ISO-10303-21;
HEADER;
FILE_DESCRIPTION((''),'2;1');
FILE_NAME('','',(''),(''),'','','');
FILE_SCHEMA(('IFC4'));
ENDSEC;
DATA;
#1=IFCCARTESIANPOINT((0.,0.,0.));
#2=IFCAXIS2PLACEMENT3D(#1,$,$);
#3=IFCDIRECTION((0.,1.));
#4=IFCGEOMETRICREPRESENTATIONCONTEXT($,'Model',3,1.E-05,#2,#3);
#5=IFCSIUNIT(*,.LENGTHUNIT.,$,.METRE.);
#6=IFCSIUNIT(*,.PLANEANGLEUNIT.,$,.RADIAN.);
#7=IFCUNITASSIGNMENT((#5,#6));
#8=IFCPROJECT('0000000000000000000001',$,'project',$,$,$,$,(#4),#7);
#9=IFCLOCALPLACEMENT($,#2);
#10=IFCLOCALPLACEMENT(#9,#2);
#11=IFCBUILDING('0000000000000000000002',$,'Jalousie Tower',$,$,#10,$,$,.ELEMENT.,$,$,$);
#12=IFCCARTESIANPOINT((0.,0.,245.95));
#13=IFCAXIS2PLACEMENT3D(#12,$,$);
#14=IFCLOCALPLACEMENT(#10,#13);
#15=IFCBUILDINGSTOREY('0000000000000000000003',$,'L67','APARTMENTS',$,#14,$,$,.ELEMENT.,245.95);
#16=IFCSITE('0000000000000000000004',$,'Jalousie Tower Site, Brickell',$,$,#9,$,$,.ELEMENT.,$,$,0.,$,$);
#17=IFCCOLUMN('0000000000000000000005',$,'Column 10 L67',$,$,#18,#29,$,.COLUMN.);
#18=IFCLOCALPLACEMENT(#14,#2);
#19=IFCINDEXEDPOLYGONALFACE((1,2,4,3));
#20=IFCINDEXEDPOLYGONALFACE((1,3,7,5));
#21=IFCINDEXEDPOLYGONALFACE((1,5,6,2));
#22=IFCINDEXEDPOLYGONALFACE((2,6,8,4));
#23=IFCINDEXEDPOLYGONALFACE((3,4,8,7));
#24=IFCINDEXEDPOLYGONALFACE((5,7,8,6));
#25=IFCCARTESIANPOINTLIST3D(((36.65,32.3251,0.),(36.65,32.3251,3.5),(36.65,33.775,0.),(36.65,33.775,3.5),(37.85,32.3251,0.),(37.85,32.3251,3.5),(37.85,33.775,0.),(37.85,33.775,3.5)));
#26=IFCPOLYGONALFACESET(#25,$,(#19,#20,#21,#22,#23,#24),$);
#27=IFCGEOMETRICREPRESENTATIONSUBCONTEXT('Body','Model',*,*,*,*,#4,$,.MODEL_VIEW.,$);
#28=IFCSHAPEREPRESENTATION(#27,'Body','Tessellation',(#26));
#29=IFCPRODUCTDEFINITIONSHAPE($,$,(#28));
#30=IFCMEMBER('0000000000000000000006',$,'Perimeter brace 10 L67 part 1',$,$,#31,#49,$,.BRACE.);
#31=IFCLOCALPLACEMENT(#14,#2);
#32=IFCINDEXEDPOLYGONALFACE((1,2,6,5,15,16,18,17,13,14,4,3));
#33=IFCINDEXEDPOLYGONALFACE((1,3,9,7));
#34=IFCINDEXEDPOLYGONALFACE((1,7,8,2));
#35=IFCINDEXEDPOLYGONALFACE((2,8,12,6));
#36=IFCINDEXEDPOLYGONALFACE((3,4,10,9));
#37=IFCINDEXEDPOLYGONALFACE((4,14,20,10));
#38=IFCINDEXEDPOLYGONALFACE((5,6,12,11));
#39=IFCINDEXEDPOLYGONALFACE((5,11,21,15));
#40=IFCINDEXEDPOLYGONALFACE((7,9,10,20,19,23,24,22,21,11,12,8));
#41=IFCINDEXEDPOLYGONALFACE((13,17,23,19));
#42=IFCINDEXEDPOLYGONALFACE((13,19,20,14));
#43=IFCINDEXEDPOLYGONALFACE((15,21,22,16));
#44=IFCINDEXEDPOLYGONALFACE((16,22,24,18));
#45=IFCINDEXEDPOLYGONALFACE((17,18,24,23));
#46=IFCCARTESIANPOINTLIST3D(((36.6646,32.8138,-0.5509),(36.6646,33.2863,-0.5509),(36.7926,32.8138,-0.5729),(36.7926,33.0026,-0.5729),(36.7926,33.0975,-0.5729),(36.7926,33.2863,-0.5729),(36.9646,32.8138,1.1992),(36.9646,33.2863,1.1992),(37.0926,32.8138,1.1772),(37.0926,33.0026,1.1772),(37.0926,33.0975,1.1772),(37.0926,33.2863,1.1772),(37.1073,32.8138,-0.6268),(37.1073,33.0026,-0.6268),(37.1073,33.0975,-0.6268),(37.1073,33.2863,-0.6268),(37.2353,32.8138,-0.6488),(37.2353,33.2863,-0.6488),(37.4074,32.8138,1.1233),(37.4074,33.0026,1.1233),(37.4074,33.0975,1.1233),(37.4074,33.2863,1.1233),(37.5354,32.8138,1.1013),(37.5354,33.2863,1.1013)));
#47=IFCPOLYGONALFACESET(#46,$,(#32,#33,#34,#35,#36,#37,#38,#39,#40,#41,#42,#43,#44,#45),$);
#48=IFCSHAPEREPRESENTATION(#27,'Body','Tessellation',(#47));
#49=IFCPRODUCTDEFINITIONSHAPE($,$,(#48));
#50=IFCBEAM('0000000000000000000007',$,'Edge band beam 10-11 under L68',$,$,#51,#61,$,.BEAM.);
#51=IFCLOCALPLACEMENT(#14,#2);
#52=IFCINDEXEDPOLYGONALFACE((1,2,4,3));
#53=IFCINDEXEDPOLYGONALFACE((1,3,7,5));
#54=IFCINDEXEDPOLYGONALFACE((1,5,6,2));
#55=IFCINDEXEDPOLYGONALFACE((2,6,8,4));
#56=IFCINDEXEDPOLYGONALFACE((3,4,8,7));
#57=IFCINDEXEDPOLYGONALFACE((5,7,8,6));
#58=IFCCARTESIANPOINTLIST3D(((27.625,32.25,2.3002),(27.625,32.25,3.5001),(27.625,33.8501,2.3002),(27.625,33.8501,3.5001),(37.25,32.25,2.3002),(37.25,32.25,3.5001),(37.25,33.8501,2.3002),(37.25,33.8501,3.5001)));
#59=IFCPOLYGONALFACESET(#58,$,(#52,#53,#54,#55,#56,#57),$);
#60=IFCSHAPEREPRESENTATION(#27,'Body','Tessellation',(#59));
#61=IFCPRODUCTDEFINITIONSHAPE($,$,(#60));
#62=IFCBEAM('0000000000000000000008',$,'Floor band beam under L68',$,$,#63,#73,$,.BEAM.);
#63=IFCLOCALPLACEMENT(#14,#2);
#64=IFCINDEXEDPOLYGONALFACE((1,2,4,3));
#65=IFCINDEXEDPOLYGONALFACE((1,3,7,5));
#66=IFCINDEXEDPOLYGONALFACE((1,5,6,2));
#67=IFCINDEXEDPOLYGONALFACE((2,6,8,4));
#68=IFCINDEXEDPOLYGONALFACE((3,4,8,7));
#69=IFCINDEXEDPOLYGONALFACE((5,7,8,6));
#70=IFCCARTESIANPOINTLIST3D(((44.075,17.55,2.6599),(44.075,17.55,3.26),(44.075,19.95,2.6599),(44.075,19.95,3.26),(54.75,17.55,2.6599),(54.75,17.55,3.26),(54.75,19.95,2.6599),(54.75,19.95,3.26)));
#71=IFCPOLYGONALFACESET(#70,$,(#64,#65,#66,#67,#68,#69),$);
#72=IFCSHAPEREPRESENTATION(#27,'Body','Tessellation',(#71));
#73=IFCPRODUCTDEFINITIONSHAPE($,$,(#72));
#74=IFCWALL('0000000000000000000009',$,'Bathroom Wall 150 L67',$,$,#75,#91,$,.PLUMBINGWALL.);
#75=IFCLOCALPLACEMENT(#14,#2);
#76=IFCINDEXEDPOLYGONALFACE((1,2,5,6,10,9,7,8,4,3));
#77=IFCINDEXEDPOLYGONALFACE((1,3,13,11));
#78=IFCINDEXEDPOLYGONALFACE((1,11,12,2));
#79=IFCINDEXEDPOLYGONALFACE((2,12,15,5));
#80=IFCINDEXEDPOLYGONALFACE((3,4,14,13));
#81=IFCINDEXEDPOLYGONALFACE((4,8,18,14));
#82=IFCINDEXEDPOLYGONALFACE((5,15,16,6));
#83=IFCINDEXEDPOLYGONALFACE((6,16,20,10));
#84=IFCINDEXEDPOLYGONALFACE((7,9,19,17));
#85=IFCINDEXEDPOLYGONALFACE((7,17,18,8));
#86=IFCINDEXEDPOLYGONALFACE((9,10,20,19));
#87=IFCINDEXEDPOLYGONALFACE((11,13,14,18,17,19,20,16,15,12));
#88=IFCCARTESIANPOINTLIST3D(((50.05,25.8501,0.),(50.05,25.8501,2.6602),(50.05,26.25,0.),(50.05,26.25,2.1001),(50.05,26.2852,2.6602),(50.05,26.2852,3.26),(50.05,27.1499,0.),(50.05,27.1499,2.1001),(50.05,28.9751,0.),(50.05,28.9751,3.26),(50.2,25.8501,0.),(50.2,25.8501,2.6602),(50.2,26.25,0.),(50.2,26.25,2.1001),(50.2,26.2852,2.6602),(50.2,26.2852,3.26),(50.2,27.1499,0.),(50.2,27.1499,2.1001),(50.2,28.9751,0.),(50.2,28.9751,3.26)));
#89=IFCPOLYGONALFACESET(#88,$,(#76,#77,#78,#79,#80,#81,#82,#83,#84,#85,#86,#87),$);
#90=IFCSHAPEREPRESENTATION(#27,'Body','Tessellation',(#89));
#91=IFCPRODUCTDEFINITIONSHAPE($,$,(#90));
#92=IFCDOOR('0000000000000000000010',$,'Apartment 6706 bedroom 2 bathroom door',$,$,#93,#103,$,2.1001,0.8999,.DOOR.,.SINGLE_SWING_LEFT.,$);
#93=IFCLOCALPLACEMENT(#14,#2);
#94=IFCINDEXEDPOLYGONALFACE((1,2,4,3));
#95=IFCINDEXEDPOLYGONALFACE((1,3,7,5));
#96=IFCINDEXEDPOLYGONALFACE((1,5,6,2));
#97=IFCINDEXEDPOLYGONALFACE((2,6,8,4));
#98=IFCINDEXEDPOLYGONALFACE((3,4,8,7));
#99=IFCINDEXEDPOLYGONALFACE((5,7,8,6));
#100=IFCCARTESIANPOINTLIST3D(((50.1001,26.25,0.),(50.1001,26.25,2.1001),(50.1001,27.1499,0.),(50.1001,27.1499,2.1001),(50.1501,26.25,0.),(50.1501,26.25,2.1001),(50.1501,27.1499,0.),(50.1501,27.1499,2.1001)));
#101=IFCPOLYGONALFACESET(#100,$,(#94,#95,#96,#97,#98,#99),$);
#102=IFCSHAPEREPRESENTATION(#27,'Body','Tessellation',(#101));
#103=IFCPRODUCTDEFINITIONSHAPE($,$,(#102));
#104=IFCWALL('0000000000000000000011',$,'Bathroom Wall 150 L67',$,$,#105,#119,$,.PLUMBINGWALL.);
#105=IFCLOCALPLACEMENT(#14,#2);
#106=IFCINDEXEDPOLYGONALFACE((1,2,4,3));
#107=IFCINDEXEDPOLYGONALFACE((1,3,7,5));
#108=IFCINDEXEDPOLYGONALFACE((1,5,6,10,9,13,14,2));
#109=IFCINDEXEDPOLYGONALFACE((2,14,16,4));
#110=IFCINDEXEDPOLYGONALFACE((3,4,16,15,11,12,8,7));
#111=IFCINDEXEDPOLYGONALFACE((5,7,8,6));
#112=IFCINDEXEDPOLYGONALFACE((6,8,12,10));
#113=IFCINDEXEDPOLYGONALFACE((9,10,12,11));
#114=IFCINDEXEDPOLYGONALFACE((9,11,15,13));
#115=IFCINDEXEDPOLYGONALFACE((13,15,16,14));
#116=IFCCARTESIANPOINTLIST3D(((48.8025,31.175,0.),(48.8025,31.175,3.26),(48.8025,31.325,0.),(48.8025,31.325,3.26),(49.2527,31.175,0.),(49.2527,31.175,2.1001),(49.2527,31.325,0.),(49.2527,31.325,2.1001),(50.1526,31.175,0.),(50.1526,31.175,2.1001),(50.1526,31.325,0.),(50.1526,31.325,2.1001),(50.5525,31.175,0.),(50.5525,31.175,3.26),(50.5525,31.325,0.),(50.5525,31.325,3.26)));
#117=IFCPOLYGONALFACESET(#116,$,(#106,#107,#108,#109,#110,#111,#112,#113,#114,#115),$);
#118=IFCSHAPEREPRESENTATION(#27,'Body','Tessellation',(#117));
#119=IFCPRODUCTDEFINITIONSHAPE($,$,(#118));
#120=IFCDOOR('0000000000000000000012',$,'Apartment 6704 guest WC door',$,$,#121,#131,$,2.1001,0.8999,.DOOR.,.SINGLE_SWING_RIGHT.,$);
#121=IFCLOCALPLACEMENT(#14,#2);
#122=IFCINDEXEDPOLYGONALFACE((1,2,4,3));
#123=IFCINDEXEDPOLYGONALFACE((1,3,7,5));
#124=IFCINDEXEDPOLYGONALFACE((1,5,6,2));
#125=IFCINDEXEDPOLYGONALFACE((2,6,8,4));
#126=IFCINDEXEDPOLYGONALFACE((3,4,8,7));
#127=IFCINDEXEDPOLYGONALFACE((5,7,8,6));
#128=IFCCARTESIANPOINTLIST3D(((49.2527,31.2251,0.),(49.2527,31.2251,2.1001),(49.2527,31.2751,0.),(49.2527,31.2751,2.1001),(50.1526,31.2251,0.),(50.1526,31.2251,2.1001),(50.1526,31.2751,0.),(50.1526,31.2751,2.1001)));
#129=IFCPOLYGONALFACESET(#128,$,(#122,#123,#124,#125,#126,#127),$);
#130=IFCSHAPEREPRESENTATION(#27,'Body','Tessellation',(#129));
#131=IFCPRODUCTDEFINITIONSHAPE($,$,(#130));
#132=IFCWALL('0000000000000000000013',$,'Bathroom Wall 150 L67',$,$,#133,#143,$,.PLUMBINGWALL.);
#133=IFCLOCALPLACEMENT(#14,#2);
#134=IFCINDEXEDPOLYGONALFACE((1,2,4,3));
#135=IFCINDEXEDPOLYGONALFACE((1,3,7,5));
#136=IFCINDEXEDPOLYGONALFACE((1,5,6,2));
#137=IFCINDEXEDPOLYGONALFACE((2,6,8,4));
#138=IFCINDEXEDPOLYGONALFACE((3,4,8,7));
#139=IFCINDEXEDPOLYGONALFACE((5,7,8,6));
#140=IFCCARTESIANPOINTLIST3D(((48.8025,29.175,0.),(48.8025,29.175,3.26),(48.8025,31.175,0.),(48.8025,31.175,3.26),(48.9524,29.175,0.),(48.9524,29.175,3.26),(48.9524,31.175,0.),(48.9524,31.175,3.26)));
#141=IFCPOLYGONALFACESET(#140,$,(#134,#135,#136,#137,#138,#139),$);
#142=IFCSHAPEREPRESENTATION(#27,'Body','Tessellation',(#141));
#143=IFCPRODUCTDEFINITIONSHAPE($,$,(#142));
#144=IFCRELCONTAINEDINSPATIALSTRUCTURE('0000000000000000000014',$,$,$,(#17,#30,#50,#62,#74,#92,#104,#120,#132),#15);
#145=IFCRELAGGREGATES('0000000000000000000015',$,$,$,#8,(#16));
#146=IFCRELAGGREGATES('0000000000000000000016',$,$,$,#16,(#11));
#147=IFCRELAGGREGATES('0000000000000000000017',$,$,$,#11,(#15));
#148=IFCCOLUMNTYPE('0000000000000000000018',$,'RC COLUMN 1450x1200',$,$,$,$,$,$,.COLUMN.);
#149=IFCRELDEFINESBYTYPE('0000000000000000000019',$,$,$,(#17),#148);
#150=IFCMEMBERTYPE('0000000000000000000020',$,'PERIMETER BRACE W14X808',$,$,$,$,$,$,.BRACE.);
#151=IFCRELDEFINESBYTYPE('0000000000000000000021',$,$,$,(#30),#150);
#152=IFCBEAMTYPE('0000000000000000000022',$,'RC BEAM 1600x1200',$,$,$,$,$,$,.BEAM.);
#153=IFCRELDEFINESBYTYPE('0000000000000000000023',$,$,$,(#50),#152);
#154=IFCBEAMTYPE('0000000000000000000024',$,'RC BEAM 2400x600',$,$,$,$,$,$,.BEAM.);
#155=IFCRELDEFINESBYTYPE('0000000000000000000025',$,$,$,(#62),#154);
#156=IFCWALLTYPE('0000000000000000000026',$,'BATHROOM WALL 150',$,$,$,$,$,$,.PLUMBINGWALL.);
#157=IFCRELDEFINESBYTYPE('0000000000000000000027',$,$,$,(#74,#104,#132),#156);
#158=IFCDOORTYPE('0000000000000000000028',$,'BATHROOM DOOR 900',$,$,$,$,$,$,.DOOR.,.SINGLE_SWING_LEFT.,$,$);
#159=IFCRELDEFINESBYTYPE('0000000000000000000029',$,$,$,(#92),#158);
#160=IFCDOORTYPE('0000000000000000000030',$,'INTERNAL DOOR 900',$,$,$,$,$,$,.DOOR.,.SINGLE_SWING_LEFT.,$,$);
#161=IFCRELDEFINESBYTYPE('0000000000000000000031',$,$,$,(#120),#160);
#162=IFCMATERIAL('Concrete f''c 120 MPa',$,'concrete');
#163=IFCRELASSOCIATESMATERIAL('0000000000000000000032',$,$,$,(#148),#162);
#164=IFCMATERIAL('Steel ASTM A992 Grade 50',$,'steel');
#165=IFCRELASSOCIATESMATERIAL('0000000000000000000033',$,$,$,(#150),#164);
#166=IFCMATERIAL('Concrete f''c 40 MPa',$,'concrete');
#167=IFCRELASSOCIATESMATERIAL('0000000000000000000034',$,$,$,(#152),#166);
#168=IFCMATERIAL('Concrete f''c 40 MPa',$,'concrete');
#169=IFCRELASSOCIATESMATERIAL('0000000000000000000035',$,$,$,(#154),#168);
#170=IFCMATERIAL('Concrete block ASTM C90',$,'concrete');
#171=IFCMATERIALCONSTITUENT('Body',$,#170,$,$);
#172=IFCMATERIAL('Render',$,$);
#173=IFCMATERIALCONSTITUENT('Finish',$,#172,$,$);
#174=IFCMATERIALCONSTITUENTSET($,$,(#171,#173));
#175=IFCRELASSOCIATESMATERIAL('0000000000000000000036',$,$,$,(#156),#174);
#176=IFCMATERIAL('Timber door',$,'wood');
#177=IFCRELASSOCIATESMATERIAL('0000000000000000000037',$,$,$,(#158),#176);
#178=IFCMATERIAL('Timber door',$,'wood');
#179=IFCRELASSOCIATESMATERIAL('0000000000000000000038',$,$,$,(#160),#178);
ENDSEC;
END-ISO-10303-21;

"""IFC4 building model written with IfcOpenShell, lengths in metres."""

from ifc_helpers import new_model, si_unit, direction, frame, frame_2d, origin, origin_2d, place, context, subcontext, project, spatial, polyline, rectangle, i_section, outline, extrude, material, constituent, constituent_set, material_profile, profile_set, type_object, element, fill, save


model = new_model("IFC4")

# Units and contexts
model_context = context("Model", 3, precision=1e-05, world=origin(), true_north=direction((0.0, 1.0)))
body_context = subcontext(model_context, "Body", "Model", "MODEL_VIEW")
ifc_project = project(units=[si_unit("LENGTHUNIT", "METRE"), si_unit("PLANEANGLEUNIT", "RADIAN")], contexts=[model_context])

# Site, building, storey
site_placement = place(None, origin())
site = spatial("IfcSite", under=ifc_project, at=site_placement, Name="Jalousie Tower Site, Brickell", CompositionType="ELEMENT", RefElevation=0.0)
building_placement = place(site_placement, origin())
building = spatial("IfcBuilding", under=site, at=building_placement, Name="Jalousie Tower", CompositionType="ELEMENT")
storey_placement = place(building_placement, frame((0.0, 0.0, 245.95)))
storey = spatial("IfcBuildingStorey", under=building, at=storey_placement, Name="L67", Description="APARTMENTS", CompositionType="ELEMENT", Elevation=245.95)

# Column
ifc_material_1 = material(Name="Concrete f'c 120 MPa", Category="concrete")
ifc_material_profile_1 = material_profile(ifc_material_1, rectangle(XDim=1.45, YDim=1.2, at=origin_2d()), Name="RC 1450x1200")
ifc_profile_set_1 = profile_set([ifc_material_profile_1], Name="Concrete f'c 120 MPa")
column_type = type_object("IfcColumnType", Name="RC COLUMN 1450x1200", PredefinedType="COLUMN", material=ifc_profile_set_1)
column_placement = place(storey_placement, frame((37.25, 33.05, 0.0), z_axis=(0.0, 0.0, 1.0), x_axis=(0.0, 1.0, 0.0)))
element("IfcColumn", 1, at=column_placement, inside=storey, type_object=column_type, Name="Column 10 L67", PredefinedType="COLUMN", context=body_context, shape_type="SweptSolid", body=[
    extrude(rectangle(XDim=1.45, YDim=1.2, at=origin_2d()), origin(), (0.0, 0.0, 1.0), 3.5),
])

# Member
ifc_material_2 = material(Name="Steel ASTM A992 Grade 50", Category="steel")
ifc_material_profile_2 = material_profile(ifc_material_2, i_section(OverallWidth=0.4724, OverallDepth=0.5791, WebThickness=0.095, FlangeThickness=0.1299, at=origin_2d()), Name="W14X808")
ifc_profile_set_2 = profile_set([ifc_material_profile_2], Name="Steel ASTM A992 Grade 50")
member_type = type_object("IfcMemberType", Name="PERIMETER BRACE W14X808", PredefinedType="BRACE", material=ifc_profile_set_2)
member_placement = place(storey_placement, frame((36.95, 33.05, -0.5999), z_axis=(0.168991, 0.0, 0.985618), x_axis=(0.0, 1.0, 0.0)))
element("IfcMember", 2, at=member_placement, inside=storey, type_object=member_type, Name="Perimeter brace 10 L67 part 1", PredefinedType="BRACE", context=body_context, shape_type="SweptSolid", body=[
    extrude(i_section(OverallWidth=0.4724, OverallDepth=0.5791, WebThickness=0.095, FlangeThickness=0.1299, at=origin_2d()), origin(), (0.0, 0.0, 1.0), 1.7756),
])

# Beams
ifc_material_3 = material(Name="Concrete f'c 40 MPa", Category="concrete")
ifc_material_profile_3 = material_profile(ifc_material_3, rectangle(XDim=1.6001, YDim=1.2, at=origin_2d()), Name="RC 1600x1200")
ifc_profile_set_3 = profile_set([ifc_material_profile_3], Name="Concrete f'c 40 MPa")
beam_type_1 = type_object("IfcBeamType", Name="RC BEAM 1600x1200", PredefinedType="BEAM", material=ifc_profile_set_3)
beam_1_placement = place(storey_placement, frame((37.25, 33.05, 2.9001), z_axis=(-1.0, 0.0, 0.0), x_axis=(0.0, -1.0, 0.0)))
element("IfcBeam", 3, at=beam_1_placement, inside=storey, type_object=beam_type_1, Name="Edge band beam 10-11 under L68", PredefinedType="BEAM", context=body_context, shape_type="SweptSolid", body=[
    extrude(rectangle(XDim=1.6001, YDim=1.2, at=origin_2d()), origin(), (0.0, 0.0, 1.0), 9.625),
])
ifc_material_4 = material(Name="Concrete f'c 40 MPa", Category="concrete")
ifc_material_profile_4 = material_profile(ifc_material_4, rectangle(XDim=2.3999, YDim=0.6001, at=origin_2d()), Name="RC 2400x600")
ifc_profile_set_4 = profile_set([ifc_material_profile_4], Name="Concrete f'c 40 MPa")
beam_type_2 = type_object("IfcBeamType", Name="RC BEAM 2400x600", PredefinedType="BEAM", material=ifc_profile_set_4)
beam_2_placement = place(storey_placement, frame((44.075, 18.75, 2.96), z_axis=(1.0, 0.0, 0.0), x_axis=(0.0, 1.0, 0.0)))
element("IfcBeam", 4, at=beam_2_placement, inside=storey, type_object=beam_type_2, Name="Floor band beam under L68", PredefinedType="BEAM", context=body_context, shape_type="SweptSolid", body=[
    extrude(rectangle(XDim=2.3999, YDim=0.6001, at=origin_2d()), origin(), (0.0, 0.0, 1.0), 10.675),
])

# Walls, openings, doors
ifc_material_5 = material(Name="Concrete block ASTM C90", Category="concrete")
ifc_constituent_1 = constituent(ifc_material_5, Name="Body")
ifc_material_6 = material(Name="Render")
ifc_constituent_2 = constituent(ifc_material_6, Name="Finish")
ifc_constituent_set_1 = constituent_set(constituents=[ifc_constituent_1, ifc_constituent_2])
wall_type_1 = type_object("IfcWallType", Name="BATHROOM WALL 150", PredefinedType="PLUMBINGWALL", material=ifc_constituent_set_1)
wall_1_placement = place(storey_placement, frame((50.125, 25.8501, 0.0), z_axis=(0.0, 0.0, 1.0), x_axis=(0.0, 1.0, 0.0)))
wall_1 = element("IfcWall", 5, at=wall_1_placement, inside=storey, type_object=wall_type_1, Name="Bathroom Wall 150 L67", PredefinedType="PLUMBINGWALL", context=body_context, shape_type="SweptSolid", body=[
    extrude(outline(polyline([(0.0, 0.0), (3.125, 0.0), (3.125, 3.26), (0.4351, 3.26), (0.4351, 2.6602), (0.0, 2.6602), (0.0, 3.26), (0.0, 0.0)])), frame((0.0, 0.075, 0.0), z_axis=(0.0, -1.0, 0.0), x_axis=(1.0, 0.0, 0.0)), (0.0, 0.0, 1.0), 0.1499),
])
opening_1_placement = place(wall_1_placement, frame((0.3999, 0.0, 0.0)))
opening_1 = element("IfcOpeningElement", 6, at=opening_1_placement, cuts=wall_1, PredefinedType="OPENING", context=body_context, shape_type="SweptSolid", body=[
    extrude(rectangle(XDim=0.8999, YDim=2.1001, at=frame_2d((0.45, 1.05))), frame((0.0, 0.085, 0.0), z_axis=(0.0, -1.0, 0.0), x_axis=(1.0, 0.0, 0.0)), (0.0, 0.0, 1.0), 0.1699),
])
ifc_material_7 = material(Name="Timber door", Category="wood")
door_type_1 = type_object("IfcDoorType", Name="BATHROOM DOOR 900", OperationType="SINGLE_SWING_LEFT", PredefinedType="DOOR", material=ifc_material_7)
door_1_placement = place(opening_1_placement, origin())
door_1 = element("IfcDoor", 7, at=door_1_placement, inside=storey, type_object=door_type_1, Name="Apartment 6706 bedroom 2 bathroom door", OperationType="SINGLE_SWING_LEFT", OverallHeight=2.1001, OverallWidth=0.8999, PredefinedType="DOOR", context=body_context, shape_type="SweptSolid", body=[
    extrude(rectangle(XDim=0.8999, YDim=2.1001, at=frame_2d((0.45, 1.05))), frame((0.0, 0.0249, 0.0), z_axis=(0.0, -1.0, 0.0), x_axis=(1.0, 0.0, 0.0)), (0.0, 0.0, 1.0), 0.05),
])
fill(opening_1, door_1)
wall_2_placement = place(storey_placement, frame((50.5525, 31.25, 0.0), z_axis=(0.0, 0.0, 1.0), x_axis=(-1.0, 0.0, 0.0)))
wall_2 = element("IfcWall", 8, at=wall_2_placement, inside=storey, type_object=wall_type_1, Name="Bathroom Wall 150 L67", PredefinedType="PLUMBINGWALL", context=body_context, shape_type="SweptSolid", body=[
    extrude(rectangle(XDim=1.75, YDim=0.1499, at=frame_2d((0.875, 0.0))), origin(), (0.0, 0.0, 1.0), 3.26),
])
opening_2_placement = place(wall_2_placement, frame((0.3999, 0.0, 0.0)))
opening_2 = element("IfcOpeningElement", 9, at=opening_2_placement, cuts=wall_2, PredefinedType="OPENING", context=body_context, shape_type="SweptSolid", body=[
    extrude(rectangle(XDim=0.8999, YDim=2.1001, at=frame_2d((0.45, 1.05))), frame((0.0, 0.085, 0.0), z_axis=(0.0, -1.0, 0.0), x_axis=(1.0, 0.0, 0.0)), (0.0, 0.0, 1.0), 0.1699),
])
ifc_material_8 = material(Name="Timber door", Category="wood")
door_type_2 = type_object("IfcDoorType", Name="INTERNAL DOOR 900", OperationType="SINGLE_SWING_LEFT", PredefinedType="DOOR", material=ifc_material_8)
door_2_placement = place(opening_2_placement, origin())
door_2 = element("IfcDoor", 10, at=door_2_placement, inside=storey, type_object=door_type_2, Name="Apartment 6704 guest WC door", OperationType="SINGLE_SWING_RIGHT", OverallHeight=2.1001, OverallWidth=0.8999, PredefinedType="DOOR", context=body_context, shape_type="SweptSolid", body=[
    extrude(rectangle(XDim=0.8999, YDim=2.1001, at=frame_2d((0.45, 1.05))), frame((0.0, 0.0249, 0.0), z_axis=(0.0, -1.0, 0.0), x_axis=(1.0, 0.0, 0.0)), (0.0, 0.0, 1.0), 0.05),
])
fill(opening_2, door_2)

# Wall
wall_3_placement = place(storey_placement, frame((48.8774, 29.175, 0.0), z_axis=(0.0, 0.0, 1.0), x_axis=(0.0, 1.0, 0.0)))
element("IfcWall", 11, at=wall_3_placement, inside=storey, type_object=wall_type_1, Name="Bathroom Wall 150 L67", PredefinedType="PLUMBINGWALL", context=body_context, shape_type="SweptSolid", body=[
    extrude(rectangle(XDim=2.0, YDim=0.1499, at=frame_2d((1.0, 0.0))), origin(), (0.0, 0.0, 1.0), 3.26),
])

save(model, "model.ifc")
